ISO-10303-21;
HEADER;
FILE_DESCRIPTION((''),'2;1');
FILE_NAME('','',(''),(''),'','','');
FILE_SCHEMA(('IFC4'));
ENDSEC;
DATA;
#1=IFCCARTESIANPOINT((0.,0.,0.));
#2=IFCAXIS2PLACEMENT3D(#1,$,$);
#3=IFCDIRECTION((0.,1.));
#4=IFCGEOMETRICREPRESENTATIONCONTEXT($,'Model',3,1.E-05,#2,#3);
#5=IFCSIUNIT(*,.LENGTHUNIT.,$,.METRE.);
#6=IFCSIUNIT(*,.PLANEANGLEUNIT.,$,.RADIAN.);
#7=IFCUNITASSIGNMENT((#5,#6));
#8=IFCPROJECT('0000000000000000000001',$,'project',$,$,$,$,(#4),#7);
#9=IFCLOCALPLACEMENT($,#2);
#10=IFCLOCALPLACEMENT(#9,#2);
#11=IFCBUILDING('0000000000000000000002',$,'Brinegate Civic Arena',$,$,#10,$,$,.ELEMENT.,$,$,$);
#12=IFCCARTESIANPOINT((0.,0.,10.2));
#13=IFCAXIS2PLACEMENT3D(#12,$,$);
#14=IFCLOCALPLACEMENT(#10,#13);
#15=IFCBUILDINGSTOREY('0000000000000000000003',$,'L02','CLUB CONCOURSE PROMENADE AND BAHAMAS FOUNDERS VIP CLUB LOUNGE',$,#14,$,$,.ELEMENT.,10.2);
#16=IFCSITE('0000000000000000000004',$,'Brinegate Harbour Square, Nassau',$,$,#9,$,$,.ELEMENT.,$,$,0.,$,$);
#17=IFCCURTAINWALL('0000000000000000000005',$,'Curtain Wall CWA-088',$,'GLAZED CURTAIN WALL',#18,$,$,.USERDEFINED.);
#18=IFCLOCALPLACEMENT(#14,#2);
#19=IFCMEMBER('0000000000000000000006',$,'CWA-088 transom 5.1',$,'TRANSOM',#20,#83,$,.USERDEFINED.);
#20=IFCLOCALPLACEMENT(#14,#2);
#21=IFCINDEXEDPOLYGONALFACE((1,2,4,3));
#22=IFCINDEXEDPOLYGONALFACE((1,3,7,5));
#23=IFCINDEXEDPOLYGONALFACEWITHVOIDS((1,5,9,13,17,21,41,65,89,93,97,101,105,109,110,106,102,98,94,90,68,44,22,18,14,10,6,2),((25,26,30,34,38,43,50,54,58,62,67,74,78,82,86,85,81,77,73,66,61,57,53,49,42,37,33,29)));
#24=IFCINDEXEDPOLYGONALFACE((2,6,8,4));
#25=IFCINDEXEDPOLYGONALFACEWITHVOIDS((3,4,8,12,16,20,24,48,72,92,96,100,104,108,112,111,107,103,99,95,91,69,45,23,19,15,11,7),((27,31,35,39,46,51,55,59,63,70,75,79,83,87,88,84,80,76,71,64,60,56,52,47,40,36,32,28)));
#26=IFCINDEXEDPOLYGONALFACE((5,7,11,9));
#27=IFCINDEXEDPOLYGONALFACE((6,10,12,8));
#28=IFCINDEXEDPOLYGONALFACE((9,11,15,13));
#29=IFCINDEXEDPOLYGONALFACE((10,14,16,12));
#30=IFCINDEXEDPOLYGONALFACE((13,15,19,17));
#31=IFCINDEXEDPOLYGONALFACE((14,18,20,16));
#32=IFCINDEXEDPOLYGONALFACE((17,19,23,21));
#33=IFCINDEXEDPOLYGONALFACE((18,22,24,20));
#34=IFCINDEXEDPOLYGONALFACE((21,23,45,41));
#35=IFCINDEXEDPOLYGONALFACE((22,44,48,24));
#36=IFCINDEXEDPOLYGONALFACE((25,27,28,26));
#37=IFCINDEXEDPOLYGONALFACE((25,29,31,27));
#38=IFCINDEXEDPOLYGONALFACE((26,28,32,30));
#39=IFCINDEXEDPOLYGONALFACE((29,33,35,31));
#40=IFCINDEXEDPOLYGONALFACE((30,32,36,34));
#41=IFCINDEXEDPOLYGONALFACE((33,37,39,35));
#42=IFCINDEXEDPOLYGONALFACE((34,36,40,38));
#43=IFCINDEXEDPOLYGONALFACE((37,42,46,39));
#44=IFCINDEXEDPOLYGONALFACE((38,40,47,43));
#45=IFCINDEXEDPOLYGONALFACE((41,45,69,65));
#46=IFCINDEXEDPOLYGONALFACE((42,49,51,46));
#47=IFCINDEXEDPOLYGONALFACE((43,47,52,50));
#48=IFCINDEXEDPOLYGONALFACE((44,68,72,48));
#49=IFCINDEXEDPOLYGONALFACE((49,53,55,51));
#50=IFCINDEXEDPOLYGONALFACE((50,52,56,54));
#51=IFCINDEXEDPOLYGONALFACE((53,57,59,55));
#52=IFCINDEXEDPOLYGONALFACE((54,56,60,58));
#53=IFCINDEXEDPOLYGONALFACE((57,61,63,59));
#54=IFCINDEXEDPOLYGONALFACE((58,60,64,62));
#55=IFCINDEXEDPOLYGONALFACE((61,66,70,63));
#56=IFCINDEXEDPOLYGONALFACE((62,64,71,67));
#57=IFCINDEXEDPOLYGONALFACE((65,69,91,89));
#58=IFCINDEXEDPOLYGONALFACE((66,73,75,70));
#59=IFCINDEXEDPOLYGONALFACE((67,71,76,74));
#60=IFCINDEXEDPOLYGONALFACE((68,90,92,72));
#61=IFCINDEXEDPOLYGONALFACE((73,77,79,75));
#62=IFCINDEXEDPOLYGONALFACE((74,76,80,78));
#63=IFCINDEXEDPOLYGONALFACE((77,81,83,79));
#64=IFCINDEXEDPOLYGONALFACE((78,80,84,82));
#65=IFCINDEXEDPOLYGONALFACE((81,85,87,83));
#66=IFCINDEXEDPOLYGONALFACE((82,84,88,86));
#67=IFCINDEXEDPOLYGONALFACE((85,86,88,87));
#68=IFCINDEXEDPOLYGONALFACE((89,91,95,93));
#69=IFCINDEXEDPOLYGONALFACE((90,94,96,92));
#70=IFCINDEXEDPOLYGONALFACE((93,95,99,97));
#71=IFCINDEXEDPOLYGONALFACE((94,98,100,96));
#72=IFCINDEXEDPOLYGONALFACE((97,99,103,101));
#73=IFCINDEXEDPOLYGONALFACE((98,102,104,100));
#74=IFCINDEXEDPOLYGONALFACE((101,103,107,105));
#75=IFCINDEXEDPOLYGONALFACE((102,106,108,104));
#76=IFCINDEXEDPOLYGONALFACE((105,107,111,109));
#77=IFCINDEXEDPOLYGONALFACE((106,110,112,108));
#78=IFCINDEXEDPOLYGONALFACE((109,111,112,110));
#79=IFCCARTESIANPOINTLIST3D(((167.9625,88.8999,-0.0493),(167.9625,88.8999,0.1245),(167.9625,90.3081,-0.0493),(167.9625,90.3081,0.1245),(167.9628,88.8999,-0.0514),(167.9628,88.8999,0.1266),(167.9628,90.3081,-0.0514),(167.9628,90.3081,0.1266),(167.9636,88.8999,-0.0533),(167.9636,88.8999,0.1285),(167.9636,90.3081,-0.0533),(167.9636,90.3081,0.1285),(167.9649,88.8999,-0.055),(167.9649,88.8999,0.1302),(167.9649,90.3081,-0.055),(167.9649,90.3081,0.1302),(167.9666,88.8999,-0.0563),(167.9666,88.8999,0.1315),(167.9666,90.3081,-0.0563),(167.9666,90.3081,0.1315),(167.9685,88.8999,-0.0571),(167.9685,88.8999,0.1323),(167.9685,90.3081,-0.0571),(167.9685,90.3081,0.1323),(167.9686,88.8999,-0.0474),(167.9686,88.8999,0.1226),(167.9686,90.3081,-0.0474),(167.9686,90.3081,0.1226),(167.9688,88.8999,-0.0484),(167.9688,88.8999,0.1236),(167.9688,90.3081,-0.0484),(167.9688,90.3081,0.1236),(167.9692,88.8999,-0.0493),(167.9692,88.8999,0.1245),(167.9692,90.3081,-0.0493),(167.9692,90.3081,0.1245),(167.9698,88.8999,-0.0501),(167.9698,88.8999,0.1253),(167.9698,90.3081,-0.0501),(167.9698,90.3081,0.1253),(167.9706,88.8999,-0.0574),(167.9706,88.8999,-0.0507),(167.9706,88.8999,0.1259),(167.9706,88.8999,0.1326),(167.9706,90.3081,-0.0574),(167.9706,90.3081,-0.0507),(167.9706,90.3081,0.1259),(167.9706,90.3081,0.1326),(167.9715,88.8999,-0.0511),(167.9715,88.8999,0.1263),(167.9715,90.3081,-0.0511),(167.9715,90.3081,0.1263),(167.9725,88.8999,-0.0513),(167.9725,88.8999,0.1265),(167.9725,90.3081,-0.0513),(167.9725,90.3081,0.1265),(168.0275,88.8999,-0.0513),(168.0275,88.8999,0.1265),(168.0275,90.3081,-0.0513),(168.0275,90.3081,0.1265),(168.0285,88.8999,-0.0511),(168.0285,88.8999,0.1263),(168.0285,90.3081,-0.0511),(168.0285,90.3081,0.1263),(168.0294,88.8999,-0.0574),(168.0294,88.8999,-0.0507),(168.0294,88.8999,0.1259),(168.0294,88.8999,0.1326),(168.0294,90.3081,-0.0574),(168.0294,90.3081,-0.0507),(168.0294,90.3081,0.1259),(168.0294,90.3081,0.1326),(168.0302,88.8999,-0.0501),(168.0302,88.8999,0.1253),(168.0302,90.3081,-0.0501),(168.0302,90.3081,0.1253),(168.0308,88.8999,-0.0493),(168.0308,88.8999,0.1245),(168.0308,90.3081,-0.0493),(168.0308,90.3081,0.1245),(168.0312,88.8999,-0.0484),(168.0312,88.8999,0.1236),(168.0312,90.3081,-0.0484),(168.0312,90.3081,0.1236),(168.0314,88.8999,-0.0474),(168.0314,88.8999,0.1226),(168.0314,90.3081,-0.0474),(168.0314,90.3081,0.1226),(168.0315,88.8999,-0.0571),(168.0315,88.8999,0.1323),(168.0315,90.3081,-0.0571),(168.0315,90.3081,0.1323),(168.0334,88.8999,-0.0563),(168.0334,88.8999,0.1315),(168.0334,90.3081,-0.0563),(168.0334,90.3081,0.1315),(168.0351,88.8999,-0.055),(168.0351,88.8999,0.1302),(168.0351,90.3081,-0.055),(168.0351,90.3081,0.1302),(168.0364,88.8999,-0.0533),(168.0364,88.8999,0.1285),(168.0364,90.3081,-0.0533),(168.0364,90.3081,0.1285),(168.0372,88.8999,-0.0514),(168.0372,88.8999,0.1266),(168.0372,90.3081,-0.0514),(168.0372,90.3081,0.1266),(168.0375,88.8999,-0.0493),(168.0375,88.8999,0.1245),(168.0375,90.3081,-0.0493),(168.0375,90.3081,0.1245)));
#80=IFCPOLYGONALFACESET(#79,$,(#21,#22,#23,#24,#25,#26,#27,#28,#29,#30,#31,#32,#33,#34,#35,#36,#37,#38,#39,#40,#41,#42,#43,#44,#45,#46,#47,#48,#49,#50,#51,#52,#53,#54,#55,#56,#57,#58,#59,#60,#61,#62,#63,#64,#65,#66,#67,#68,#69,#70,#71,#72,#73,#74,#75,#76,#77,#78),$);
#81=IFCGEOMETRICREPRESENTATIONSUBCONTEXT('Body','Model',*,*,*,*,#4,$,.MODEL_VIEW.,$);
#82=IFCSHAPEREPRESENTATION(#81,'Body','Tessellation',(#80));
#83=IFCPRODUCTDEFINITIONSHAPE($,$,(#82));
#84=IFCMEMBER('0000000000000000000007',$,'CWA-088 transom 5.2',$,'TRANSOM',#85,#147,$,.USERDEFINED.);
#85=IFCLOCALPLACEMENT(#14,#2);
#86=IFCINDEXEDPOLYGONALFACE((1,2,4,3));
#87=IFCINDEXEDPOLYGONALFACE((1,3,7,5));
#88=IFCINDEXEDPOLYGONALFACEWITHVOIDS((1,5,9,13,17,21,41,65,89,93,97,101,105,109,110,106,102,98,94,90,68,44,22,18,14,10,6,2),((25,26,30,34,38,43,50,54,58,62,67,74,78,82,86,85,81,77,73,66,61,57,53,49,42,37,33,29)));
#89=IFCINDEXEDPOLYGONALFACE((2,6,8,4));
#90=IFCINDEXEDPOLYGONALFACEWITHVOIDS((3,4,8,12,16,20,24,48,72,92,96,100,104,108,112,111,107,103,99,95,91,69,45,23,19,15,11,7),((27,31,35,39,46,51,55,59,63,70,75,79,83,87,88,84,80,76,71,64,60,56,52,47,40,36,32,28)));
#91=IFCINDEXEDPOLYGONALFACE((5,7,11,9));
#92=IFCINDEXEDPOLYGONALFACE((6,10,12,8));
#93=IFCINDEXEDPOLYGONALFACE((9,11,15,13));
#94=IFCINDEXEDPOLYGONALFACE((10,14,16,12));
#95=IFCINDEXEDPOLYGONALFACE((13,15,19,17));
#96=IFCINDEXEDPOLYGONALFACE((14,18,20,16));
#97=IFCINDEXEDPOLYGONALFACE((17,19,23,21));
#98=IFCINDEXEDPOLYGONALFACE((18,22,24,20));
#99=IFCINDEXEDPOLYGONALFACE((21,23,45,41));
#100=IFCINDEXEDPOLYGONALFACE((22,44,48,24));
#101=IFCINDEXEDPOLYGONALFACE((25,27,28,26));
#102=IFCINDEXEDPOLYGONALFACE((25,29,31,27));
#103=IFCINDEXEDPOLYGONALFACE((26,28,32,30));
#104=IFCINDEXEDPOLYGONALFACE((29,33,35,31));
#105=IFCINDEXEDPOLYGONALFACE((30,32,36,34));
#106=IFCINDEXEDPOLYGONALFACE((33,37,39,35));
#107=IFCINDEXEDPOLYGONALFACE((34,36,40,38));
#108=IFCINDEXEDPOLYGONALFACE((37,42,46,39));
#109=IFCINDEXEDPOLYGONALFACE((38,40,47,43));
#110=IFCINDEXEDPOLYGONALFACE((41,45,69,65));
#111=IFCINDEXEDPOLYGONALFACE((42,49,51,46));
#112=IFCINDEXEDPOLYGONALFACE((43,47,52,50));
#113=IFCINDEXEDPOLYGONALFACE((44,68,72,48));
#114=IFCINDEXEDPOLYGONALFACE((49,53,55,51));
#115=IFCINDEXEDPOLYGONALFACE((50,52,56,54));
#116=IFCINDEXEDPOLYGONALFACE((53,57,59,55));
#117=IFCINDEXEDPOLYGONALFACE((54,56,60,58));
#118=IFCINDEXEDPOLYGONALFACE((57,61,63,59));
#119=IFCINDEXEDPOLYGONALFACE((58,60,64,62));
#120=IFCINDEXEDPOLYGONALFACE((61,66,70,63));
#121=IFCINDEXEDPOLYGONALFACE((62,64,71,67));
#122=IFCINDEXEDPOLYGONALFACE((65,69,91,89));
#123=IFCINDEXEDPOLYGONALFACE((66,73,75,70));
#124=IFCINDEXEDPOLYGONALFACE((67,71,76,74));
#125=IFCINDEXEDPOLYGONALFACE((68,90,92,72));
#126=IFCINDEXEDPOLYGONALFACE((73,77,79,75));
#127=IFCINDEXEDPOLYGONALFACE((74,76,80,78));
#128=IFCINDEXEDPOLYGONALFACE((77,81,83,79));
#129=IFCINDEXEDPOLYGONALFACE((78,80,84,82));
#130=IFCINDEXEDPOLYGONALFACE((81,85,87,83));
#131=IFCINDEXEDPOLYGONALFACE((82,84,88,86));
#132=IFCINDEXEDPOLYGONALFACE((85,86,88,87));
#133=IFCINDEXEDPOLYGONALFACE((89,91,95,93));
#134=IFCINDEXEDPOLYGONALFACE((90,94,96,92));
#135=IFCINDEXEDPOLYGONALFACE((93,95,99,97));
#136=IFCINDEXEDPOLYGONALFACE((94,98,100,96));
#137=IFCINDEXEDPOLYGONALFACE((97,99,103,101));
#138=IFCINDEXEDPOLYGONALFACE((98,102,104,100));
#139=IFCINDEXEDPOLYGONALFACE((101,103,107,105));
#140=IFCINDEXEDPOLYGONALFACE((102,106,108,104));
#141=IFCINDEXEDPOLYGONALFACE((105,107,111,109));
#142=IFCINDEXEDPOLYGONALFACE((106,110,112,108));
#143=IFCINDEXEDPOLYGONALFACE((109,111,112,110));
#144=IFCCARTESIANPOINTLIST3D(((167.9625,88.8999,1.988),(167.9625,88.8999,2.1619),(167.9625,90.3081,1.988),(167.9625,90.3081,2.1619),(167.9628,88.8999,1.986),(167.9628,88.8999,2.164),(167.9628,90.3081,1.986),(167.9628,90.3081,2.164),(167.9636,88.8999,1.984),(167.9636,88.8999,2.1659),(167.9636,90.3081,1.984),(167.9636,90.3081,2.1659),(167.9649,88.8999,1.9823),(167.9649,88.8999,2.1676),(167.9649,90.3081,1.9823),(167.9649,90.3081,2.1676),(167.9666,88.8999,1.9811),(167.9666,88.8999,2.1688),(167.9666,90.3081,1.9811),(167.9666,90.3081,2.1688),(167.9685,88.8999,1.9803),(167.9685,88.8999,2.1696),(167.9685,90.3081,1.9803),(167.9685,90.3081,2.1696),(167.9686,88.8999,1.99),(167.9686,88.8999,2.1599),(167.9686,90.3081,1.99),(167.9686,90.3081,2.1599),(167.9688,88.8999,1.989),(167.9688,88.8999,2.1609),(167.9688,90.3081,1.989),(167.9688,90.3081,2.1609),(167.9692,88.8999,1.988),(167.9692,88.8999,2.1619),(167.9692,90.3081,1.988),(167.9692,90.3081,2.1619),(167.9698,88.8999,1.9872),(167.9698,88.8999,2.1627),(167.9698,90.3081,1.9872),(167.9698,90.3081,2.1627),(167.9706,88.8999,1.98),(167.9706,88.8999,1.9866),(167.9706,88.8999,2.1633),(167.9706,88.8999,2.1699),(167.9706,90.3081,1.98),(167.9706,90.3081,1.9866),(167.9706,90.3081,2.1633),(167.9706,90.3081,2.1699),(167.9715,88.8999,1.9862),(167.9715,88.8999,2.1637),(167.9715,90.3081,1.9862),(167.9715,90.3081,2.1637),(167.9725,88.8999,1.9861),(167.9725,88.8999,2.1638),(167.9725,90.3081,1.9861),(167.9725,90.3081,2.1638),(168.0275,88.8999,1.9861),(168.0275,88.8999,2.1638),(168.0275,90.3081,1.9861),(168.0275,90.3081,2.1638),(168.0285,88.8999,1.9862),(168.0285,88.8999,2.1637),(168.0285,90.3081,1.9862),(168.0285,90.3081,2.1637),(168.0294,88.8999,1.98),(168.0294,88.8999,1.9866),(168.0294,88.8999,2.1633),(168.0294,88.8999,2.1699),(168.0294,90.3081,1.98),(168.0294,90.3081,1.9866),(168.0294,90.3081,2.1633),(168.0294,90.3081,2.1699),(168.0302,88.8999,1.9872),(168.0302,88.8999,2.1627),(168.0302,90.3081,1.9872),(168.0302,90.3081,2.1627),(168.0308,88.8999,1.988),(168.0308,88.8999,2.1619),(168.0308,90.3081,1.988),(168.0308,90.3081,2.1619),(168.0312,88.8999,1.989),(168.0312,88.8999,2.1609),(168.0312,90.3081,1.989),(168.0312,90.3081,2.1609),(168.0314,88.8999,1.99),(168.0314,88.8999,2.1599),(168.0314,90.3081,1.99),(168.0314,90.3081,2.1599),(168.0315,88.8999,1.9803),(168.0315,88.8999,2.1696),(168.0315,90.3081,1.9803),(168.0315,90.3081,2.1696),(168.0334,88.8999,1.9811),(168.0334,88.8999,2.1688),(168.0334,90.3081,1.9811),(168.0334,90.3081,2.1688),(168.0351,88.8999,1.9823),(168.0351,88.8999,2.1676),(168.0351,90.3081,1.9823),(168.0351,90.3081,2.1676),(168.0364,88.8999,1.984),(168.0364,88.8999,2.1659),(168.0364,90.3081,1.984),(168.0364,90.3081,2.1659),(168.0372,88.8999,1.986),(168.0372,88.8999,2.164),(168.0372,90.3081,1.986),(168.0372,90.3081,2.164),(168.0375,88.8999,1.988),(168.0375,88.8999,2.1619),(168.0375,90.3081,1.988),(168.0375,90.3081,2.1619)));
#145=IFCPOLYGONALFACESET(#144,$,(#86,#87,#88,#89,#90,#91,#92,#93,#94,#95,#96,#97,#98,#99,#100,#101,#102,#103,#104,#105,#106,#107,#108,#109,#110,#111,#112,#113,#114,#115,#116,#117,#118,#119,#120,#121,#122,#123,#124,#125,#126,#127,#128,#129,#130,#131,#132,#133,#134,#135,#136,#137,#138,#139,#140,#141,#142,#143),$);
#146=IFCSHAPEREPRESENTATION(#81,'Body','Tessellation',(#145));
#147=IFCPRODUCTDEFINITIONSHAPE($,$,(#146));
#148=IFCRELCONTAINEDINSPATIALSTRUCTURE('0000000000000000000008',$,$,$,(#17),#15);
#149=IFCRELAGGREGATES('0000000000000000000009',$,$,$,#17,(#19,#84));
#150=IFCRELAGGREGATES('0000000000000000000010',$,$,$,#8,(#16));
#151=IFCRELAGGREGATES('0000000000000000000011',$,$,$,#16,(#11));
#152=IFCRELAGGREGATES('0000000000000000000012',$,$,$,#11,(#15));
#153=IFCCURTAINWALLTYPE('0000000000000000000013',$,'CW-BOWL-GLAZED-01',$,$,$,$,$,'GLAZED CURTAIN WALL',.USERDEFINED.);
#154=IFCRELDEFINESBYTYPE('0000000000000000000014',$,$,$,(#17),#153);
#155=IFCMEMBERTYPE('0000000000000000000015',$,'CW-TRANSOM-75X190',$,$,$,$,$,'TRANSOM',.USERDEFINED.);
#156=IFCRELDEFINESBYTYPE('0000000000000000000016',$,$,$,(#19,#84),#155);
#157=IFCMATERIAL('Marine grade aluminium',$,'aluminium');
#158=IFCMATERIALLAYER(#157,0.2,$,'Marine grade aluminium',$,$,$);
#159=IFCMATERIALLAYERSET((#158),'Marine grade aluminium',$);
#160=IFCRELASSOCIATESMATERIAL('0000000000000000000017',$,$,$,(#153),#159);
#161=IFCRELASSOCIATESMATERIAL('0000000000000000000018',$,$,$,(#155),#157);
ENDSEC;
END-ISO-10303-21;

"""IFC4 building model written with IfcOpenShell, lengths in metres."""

from ifc_helpers import new_model, si_unit, direction, frame, origin, origin_2d, place, context, subcontext, project, spatial, hollow_rectangle, extrude, material, layer, layer_set, material_profile, profile_set, type_object, element, aggregate, save


model = new_model("IFC4")

# Units and contexts
model_context = context("Model", 3, precision=1e-05, world=origin(), true_north=direction((0.0, 1.0)))
body_context = subcontext(model_context, "Body", "Model", "MODEL_VIEW")
ifc_project = project(units=[si_unit("LENGTHUNIT", "METRE"), si_unit("PLANEANGLEUNIT", "RADIAN")], contexts=[model_context])

# Site, building, storey
site_placement = place(None, origin())
site = spatial("IfcSite", under=ifc_project, at=site_placement, Name="Brinegate Harbour Square, Nassau", CompositionType="ELEMENT", RefElevation=0.0)
building_placement = place(site_placement, origin())
building = spatial("IfcBuilding", under=site, at=building_placement, Name="Brinegate Civic Arena", CompositionType="ELEMENT")
storey_placement = place(building_placement, frame((0.0, 0.0, 10.2)))
storey = spatial("IfcBuildingStorey", under=building, at=storey_placement, Name="L02", Description="CLUB CONCOURSE PROMENADE AND BAHAMAS FOUNDERS VIP CLUB LOUNGE", CompositionType="ELEMENT", Elevation=10.2)

# Curtain wall, members
ifc_material_1 = material(Name="Marine grade aluminium", Category="aluminium")
ifc_layer_1 = layer(ifc_material_1, 0.2, Name="Marine grade aluminium")
ifc_layer_set_1 = layer_set([ifc_layer_1], Name="Marine grade aluminium")
curtain_wall_type = type_object("IfcCurtainWallType", Name="CW-BOWL-GLAZED-01", ElementType="GLAZED CURTAIN WALL", PredefinedType="USERDEFINED", material=ifc_layer_set_1)
curtain_wall_placement = place(storey_placement, origin())
curtain_wall = element("IfcCurtainWall", 1, at=curtain_wall_placement, inside=storey, type_object=curtain_wall_type, Name="Curtain Wall CWA-088", ObjectType="GLAZED CURTAIN WALL", PredefinedType="USERDEFINED")
ifc_material_profile_1 = material_profile(ifc_material_1, hollow_rectangle(XDim=0.075, YDim=0.1899, WallThickness=0.0061, InnerFilletRadius=0.0039, OuterFilletRadius=0.0081, at=origin_2d()), Name="TRN75X190")
ifc_profile_set_1 = profile_set([ifc_material_profile_1], Name="Marine grade aluminium")
member_type_1 = type_object("IfcMemberType", Name="CW-TRANSOM-75X190", ElementType="TRANSOM", PredefinedType="USERDEFINED", material=ifc_profile_set_1)
member_1_placement = place(storey_placement, frame((168.0, 88.8999, 0.0376), z_axis=(0.0, 1.0, 0.0), x_axis=(-1.0, 0.0, 0.0)))
member_1 = element("IfcMember", 2, at=member_1_placement, type_object=member_type_1, Name="CWA-088 transom 5.1", ObjectType="TRANSOM", PredefinedType="USERDEFINED", context=body_context, shape_type="SweptSolid", body=[
    extrude(hollow_rectangle(XDim=0.075, YDim=0.1899, WallThickness=0.0061, InnerFilletRadius=0.0039, OuterFilletRadius=0.0081, at=origin_2d()), origin(), (0.0, 0.0, 1.0), 1.4082),
])
member_2_placement = place(storey_placement, frame((168.0, 88.8999, 2.075), z_axis=(0.0, 1.0, 0.0), x_axis=(-1.0, 0.0, 0.0)))
member_2 = element("IfcMember", 3, at=member_2_placement, type_object=member_type_1, Name="CWA-088 transom 5.2", ObjectType="TRANSOM", PredefinedType="USERDEFINED", context=body_context, shape_type="SweptSolid", body=[
    extrude(hollow_rectangle(XDim=0.075, YDim=0.1899, WallThickness=0.0061, InnerFilletRadius=0.0039, OuterFilletRadius=0.0081, at=origin_2d()), origin(), (0.0, 0.0, 1.0), 1.4082),
])

aggregate(curtain_wall, [member_1, member_2])

save(model, "model.ifc")
